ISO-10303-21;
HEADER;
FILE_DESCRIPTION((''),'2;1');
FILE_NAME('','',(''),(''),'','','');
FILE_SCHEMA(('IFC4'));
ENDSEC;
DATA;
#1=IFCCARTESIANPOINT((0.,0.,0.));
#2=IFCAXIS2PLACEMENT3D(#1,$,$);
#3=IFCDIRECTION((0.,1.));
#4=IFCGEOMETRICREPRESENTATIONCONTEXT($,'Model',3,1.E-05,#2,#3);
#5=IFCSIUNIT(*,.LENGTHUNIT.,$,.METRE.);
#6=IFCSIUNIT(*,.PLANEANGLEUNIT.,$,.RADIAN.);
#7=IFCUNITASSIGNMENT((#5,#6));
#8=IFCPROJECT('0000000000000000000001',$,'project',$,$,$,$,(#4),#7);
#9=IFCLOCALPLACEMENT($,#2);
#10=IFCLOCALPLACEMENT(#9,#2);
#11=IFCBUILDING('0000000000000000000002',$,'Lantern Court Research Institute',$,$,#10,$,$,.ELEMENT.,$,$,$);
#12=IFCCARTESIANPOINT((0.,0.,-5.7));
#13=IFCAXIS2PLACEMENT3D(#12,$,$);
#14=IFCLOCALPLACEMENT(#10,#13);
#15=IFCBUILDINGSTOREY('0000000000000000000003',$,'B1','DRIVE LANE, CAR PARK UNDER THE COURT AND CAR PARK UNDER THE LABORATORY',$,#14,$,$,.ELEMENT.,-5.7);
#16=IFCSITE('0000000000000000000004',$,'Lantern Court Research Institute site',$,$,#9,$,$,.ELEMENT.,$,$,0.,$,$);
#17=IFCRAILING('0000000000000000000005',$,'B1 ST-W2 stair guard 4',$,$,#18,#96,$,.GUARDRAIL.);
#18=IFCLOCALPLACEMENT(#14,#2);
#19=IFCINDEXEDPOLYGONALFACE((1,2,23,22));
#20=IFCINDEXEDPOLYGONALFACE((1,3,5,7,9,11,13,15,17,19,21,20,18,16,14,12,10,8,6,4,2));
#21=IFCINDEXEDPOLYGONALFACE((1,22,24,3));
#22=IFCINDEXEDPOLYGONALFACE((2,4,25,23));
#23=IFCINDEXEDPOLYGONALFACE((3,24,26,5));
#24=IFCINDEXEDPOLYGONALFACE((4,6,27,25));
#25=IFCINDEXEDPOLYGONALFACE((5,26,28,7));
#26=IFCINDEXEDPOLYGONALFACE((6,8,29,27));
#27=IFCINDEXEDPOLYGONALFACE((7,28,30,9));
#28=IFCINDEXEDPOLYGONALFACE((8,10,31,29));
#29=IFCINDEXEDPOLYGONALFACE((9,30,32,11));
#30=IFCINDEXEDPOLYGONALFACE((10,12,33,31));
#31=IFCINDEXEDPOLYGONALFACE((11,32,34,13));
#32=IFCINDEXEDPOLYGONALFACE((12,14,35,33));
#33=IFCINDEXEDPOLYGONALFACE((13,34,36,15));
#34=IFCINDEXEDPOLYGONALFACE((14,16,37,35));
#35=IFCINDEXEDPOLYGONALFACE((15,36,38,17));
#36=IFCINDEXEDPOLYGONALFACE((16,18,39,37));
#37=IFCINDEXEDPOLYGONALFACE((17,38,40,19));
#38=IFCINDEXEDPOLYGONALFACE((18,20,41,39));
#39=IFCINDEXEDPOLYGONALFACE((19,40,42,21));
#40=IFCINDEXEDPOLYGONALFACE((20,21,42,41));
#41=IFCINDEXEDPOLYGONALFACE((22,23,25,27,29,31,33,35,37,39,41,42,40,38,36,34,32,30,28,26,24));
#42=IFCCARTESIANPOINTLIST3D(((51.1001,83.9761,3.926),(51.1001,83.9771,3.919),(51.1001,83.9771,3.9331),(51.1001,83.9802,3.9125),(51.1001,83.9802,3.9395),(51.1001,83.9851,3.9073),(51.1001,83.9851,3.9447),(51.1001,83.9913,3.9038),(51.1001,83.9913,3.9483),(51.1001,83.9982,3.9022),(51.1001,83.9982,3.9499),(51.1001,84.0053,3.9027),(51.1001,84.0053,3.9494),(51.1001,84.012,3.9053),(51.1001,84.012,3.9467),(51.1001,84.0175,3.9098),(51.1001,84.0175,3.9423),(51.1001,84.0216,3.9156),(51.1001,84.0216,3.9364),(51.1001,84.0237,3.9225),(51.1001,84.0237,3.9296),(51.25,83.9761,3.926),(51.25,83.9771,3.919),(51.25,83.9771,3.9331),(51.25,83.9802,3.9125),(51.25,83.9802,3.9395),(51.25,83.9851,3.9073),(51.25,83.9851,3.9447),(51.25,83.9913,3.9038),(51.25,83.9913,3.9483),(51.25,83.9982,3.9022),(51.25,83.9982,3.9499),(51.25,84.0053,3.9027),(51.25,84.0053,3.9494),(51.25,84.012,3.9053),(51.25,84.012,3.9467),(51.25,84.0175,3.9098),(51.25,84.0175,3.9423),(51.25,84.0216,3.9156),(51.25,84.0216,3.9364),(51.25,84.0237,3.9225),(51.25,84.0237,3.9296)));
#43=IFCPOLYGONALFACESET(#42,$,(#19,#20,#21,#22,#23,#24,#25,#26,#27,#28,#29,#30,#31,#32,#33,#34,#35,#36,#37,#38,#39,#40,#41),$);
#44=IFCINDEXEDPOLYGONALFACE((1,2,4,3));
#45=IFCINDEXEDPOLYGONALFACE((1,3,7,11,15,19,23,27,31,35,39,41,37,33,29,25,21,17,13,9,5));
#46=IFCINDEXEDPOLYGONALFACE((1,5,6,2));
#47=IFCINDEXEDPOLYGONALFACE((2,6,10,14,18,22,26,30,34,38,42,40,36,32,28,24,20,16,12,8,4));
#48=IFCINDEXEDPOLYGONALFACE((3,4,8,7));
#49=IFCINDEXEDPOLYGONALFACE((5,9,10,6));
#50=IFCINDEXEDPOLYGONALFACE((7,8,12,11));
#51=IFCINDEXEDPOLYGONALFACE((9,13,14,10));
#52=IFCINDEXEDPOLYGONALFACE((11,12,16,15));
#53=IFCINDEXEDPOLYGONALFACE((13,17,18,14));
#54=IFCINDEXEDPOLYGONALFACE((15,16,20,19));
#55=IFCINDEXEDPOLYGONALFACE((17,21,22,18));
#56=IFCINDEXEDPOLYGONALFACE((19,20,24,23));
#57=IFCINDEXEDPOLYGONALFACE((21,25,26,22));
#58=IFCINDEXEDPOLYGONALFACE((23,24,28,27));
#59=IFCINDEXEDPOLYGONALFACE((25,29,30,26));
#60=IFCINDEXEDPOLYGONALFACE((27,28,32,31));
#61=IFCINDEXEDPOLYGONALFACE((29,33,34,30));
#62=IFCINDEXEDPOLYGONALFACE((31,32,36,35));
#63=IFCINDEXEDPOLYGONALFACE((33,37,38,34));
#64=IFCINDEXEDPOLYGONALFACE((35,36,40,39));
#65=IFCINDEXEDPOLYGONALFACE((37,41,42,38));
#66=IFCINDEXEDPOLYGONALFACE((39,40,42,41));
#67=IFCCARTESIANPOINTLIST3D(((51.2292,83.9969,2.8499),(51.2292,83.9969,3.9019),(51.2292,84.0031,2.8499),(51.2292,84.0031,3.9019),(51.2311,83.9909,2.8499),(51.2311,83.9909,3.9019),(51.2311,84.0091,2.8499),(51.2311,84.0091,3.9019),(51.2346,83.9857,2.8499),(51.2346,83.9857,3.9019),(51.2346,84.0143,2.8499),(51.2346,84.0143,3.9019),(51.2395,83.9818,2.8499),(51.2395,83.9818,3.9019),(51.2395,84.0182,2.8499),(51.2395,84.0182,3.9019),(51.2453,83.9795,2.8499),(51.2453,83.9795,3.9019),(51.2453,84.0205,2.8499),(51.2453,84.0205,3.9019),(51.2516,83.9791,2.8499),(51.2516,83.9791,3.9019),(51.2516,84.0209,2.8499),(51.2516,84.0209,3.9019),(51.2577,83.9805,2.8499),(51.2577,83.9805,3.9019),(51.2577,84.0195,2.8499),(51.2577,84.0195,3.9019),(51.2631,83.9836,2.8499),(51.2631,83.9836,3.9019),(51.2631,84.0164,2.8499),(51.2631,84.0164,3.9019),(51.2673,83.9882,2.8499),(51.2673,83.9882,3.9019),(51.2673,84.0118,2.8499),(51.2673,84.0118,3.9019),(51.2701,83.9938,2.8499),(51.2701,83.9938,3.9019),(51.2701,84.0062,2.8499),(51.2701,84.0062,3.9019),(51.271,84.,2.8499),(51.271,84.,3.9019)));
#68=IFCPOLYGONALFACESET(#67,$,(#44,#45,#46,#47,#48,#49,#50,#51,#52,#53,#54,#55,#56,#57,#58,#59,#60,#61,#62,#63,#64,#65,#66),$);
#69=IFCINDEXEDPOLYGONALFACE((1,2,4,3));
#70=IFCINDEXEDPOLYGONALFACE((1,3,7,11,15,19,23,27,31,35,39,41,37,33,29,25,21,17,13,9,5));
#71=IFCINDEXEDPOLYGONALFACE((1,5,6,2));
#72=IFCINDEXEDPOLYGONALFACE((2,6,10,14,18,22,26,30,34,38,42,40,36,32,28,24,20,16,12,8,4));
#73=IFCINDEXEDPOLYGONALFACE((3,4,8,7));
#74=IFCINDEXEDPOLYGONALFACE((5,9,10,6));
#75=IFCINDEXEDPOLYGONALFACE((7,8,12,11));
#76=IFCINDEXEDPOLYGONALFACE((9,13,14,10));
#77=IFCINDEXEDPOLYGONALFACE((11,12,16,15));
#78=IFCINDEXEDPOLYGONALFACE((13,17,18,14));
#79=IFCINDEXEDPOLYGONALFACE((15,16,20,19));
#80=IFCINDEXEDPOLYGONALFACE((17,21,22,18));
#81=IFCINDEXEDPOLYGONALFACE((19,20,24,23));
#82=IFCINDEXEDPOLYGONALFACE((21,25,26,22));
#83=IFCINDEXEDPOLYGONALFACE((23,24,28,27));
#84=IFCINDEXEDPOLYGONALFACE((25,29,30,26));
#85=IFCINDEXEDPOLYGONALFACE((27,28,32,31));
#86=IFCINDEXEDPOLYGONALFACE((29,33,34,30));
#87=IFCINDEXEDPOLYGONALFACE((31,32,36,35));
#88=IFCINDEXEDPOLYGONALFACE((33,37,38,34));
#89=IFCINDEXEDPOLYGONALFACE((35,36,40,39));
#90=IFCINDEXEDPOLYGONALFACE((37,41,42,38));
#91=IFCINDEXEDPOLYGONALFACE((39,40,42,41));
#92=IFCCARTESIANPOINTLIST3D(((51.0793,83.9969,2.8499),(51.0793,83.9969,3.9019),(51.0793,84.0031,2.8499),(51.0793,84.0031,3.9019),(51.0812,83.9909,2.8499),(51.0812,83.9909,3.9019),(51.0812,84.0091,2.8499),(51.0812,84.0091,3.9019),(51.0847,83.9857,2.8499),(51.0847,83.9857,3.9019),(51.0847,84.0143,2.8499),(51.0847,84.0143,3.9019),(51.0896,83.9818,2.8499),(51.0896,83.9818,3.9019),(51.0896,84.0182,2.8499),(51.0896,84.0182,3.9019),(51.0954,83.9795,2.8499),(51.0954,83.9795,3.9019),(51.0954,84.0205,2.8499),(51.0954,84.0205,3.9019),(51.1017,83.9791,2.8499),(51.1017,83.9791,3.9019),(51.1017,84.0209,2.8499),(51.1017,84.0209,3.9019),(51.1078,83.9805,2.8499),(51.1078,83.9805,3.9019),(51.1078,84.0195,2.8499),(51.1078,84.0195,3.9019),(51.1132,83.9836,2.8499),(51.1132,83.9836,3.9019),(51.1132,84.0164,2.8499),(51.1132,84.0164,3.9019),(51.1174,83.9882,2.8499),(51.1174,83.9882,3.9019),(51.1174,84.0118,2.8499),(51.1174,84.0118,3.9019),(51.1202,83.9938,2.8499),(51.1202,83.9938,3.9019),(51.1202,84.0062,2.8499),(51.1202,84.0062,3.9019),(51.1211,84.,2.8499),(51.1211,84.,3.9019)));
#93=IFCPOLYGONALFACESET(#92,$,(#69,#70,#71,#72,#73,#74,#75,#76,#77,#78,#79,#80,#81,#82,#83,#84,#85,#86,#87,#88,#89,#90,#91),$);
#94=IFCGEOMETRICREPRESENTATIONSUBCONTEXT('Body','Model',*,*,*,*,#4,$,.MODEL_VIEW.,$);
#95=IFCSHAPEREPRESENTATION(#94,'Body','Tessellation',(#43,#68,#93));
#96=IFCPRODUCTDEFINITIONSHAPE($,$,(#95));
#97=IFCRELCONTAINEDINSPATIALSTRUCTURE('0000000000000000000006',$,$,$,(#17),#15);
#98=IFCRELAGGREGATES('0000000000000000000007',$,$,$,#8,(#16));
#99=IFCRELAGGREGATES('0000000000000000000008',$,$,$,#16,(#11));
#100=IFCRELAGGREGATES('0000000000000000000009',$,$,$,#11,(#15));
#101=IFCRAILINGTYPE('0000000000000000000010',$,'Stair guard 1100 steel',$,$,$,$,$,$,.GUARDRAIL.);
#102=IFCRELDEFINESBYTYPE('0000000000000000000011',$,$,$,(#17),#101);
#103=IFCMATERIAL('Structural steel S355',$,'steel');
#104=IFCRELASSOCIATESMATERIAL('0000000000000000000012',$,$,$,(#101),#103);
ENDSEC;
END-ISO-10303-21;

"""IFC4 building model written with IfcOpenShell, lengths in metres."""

from ifc_helpers import new_model, si_unit, direction, frame, origin, origin_2d, place, context, subcontext, project, spatial, circle, extrude, material, type_object, element, save


model = new_model("IFC4")

# Units and contexts
model_context = context("Model", 3, precision=1e-05, world=origin(), true_north=direction((0.0, 1.0)))
body_context = subcontext(model_context, "Body", "Model", "MODEL_VIEW")
ifc_project = project(units=[si_unit("LENGTHUNIT", "METRE"), si_unit("PLANEANGLEUNIT", "RADIAN")], contexts=[model_context])

# Site, building, storey
site_placement = place(None, origin())
site = spatial("IfcSite", under=ifc_project, at=site_placement, Name="Lantern Court Research Institute site", CompositionType="ELEMENT", RefElevation=0.0)
building_placement = place(site_placement, origin())
building = spatial("IfcBuilding", under=site, at=building_placement, Name="Lantern Court Research Institute", CompositionType="ELEMENT")
storey_placement = place(building_placement, frame((0.0, 0.0, -5.7)))
storey = spatial("IfcBuildingStorey", under=building, at=storey_placement, Name="B1", Description="DRIVE LANE, CAR PARK UNDER THE COURT AND CAR PARK UNDER THE LABORATORY", CompositionType="ELEMENT", Elevation=-5.7)

# Railing
ifc_material_1 = material(Name="Structural steel S355", Category="steel")
railing_type_1 = type_object("IfcRailingType", Name="Stair guard 1100 steel", PredefinedType="GUARDRAIL", material=ifc_material_1)
railing_1_placement = place(storey_placement, frame((51.25, 84.0, 2.8499)))
element("IfcRailing", 1, at=railing_1_placement, inside=storey, type_object=railing_type_1, Name="B1 ST-W2 stair guard 4", PredefinedType="GUARDRAIL", context=body_context, shape_type="SweptSolid", body=[
    extrude(circle(Radius=0.0239, at=origin_2d()), frame((0.0, 0.0, 1.0762), z_axis=(-1.0, 0.0, 0.0), x_axis=(0.0, -1.0, 0.0)), (0.0, 0.0, 1.0), 0.1499),
    extrude(circle(Radius=0.021, at=origin_2d()), origin(), (0.0, 0.0, 1.0), 1.052),
    extrude(circle(Radius=0.021, at=origin_2d()), frame((-0.1499, 0.0, 0.0)), (0.0, 0.0, 1.0), 1.052),
])

save(model, "model.ifc")
